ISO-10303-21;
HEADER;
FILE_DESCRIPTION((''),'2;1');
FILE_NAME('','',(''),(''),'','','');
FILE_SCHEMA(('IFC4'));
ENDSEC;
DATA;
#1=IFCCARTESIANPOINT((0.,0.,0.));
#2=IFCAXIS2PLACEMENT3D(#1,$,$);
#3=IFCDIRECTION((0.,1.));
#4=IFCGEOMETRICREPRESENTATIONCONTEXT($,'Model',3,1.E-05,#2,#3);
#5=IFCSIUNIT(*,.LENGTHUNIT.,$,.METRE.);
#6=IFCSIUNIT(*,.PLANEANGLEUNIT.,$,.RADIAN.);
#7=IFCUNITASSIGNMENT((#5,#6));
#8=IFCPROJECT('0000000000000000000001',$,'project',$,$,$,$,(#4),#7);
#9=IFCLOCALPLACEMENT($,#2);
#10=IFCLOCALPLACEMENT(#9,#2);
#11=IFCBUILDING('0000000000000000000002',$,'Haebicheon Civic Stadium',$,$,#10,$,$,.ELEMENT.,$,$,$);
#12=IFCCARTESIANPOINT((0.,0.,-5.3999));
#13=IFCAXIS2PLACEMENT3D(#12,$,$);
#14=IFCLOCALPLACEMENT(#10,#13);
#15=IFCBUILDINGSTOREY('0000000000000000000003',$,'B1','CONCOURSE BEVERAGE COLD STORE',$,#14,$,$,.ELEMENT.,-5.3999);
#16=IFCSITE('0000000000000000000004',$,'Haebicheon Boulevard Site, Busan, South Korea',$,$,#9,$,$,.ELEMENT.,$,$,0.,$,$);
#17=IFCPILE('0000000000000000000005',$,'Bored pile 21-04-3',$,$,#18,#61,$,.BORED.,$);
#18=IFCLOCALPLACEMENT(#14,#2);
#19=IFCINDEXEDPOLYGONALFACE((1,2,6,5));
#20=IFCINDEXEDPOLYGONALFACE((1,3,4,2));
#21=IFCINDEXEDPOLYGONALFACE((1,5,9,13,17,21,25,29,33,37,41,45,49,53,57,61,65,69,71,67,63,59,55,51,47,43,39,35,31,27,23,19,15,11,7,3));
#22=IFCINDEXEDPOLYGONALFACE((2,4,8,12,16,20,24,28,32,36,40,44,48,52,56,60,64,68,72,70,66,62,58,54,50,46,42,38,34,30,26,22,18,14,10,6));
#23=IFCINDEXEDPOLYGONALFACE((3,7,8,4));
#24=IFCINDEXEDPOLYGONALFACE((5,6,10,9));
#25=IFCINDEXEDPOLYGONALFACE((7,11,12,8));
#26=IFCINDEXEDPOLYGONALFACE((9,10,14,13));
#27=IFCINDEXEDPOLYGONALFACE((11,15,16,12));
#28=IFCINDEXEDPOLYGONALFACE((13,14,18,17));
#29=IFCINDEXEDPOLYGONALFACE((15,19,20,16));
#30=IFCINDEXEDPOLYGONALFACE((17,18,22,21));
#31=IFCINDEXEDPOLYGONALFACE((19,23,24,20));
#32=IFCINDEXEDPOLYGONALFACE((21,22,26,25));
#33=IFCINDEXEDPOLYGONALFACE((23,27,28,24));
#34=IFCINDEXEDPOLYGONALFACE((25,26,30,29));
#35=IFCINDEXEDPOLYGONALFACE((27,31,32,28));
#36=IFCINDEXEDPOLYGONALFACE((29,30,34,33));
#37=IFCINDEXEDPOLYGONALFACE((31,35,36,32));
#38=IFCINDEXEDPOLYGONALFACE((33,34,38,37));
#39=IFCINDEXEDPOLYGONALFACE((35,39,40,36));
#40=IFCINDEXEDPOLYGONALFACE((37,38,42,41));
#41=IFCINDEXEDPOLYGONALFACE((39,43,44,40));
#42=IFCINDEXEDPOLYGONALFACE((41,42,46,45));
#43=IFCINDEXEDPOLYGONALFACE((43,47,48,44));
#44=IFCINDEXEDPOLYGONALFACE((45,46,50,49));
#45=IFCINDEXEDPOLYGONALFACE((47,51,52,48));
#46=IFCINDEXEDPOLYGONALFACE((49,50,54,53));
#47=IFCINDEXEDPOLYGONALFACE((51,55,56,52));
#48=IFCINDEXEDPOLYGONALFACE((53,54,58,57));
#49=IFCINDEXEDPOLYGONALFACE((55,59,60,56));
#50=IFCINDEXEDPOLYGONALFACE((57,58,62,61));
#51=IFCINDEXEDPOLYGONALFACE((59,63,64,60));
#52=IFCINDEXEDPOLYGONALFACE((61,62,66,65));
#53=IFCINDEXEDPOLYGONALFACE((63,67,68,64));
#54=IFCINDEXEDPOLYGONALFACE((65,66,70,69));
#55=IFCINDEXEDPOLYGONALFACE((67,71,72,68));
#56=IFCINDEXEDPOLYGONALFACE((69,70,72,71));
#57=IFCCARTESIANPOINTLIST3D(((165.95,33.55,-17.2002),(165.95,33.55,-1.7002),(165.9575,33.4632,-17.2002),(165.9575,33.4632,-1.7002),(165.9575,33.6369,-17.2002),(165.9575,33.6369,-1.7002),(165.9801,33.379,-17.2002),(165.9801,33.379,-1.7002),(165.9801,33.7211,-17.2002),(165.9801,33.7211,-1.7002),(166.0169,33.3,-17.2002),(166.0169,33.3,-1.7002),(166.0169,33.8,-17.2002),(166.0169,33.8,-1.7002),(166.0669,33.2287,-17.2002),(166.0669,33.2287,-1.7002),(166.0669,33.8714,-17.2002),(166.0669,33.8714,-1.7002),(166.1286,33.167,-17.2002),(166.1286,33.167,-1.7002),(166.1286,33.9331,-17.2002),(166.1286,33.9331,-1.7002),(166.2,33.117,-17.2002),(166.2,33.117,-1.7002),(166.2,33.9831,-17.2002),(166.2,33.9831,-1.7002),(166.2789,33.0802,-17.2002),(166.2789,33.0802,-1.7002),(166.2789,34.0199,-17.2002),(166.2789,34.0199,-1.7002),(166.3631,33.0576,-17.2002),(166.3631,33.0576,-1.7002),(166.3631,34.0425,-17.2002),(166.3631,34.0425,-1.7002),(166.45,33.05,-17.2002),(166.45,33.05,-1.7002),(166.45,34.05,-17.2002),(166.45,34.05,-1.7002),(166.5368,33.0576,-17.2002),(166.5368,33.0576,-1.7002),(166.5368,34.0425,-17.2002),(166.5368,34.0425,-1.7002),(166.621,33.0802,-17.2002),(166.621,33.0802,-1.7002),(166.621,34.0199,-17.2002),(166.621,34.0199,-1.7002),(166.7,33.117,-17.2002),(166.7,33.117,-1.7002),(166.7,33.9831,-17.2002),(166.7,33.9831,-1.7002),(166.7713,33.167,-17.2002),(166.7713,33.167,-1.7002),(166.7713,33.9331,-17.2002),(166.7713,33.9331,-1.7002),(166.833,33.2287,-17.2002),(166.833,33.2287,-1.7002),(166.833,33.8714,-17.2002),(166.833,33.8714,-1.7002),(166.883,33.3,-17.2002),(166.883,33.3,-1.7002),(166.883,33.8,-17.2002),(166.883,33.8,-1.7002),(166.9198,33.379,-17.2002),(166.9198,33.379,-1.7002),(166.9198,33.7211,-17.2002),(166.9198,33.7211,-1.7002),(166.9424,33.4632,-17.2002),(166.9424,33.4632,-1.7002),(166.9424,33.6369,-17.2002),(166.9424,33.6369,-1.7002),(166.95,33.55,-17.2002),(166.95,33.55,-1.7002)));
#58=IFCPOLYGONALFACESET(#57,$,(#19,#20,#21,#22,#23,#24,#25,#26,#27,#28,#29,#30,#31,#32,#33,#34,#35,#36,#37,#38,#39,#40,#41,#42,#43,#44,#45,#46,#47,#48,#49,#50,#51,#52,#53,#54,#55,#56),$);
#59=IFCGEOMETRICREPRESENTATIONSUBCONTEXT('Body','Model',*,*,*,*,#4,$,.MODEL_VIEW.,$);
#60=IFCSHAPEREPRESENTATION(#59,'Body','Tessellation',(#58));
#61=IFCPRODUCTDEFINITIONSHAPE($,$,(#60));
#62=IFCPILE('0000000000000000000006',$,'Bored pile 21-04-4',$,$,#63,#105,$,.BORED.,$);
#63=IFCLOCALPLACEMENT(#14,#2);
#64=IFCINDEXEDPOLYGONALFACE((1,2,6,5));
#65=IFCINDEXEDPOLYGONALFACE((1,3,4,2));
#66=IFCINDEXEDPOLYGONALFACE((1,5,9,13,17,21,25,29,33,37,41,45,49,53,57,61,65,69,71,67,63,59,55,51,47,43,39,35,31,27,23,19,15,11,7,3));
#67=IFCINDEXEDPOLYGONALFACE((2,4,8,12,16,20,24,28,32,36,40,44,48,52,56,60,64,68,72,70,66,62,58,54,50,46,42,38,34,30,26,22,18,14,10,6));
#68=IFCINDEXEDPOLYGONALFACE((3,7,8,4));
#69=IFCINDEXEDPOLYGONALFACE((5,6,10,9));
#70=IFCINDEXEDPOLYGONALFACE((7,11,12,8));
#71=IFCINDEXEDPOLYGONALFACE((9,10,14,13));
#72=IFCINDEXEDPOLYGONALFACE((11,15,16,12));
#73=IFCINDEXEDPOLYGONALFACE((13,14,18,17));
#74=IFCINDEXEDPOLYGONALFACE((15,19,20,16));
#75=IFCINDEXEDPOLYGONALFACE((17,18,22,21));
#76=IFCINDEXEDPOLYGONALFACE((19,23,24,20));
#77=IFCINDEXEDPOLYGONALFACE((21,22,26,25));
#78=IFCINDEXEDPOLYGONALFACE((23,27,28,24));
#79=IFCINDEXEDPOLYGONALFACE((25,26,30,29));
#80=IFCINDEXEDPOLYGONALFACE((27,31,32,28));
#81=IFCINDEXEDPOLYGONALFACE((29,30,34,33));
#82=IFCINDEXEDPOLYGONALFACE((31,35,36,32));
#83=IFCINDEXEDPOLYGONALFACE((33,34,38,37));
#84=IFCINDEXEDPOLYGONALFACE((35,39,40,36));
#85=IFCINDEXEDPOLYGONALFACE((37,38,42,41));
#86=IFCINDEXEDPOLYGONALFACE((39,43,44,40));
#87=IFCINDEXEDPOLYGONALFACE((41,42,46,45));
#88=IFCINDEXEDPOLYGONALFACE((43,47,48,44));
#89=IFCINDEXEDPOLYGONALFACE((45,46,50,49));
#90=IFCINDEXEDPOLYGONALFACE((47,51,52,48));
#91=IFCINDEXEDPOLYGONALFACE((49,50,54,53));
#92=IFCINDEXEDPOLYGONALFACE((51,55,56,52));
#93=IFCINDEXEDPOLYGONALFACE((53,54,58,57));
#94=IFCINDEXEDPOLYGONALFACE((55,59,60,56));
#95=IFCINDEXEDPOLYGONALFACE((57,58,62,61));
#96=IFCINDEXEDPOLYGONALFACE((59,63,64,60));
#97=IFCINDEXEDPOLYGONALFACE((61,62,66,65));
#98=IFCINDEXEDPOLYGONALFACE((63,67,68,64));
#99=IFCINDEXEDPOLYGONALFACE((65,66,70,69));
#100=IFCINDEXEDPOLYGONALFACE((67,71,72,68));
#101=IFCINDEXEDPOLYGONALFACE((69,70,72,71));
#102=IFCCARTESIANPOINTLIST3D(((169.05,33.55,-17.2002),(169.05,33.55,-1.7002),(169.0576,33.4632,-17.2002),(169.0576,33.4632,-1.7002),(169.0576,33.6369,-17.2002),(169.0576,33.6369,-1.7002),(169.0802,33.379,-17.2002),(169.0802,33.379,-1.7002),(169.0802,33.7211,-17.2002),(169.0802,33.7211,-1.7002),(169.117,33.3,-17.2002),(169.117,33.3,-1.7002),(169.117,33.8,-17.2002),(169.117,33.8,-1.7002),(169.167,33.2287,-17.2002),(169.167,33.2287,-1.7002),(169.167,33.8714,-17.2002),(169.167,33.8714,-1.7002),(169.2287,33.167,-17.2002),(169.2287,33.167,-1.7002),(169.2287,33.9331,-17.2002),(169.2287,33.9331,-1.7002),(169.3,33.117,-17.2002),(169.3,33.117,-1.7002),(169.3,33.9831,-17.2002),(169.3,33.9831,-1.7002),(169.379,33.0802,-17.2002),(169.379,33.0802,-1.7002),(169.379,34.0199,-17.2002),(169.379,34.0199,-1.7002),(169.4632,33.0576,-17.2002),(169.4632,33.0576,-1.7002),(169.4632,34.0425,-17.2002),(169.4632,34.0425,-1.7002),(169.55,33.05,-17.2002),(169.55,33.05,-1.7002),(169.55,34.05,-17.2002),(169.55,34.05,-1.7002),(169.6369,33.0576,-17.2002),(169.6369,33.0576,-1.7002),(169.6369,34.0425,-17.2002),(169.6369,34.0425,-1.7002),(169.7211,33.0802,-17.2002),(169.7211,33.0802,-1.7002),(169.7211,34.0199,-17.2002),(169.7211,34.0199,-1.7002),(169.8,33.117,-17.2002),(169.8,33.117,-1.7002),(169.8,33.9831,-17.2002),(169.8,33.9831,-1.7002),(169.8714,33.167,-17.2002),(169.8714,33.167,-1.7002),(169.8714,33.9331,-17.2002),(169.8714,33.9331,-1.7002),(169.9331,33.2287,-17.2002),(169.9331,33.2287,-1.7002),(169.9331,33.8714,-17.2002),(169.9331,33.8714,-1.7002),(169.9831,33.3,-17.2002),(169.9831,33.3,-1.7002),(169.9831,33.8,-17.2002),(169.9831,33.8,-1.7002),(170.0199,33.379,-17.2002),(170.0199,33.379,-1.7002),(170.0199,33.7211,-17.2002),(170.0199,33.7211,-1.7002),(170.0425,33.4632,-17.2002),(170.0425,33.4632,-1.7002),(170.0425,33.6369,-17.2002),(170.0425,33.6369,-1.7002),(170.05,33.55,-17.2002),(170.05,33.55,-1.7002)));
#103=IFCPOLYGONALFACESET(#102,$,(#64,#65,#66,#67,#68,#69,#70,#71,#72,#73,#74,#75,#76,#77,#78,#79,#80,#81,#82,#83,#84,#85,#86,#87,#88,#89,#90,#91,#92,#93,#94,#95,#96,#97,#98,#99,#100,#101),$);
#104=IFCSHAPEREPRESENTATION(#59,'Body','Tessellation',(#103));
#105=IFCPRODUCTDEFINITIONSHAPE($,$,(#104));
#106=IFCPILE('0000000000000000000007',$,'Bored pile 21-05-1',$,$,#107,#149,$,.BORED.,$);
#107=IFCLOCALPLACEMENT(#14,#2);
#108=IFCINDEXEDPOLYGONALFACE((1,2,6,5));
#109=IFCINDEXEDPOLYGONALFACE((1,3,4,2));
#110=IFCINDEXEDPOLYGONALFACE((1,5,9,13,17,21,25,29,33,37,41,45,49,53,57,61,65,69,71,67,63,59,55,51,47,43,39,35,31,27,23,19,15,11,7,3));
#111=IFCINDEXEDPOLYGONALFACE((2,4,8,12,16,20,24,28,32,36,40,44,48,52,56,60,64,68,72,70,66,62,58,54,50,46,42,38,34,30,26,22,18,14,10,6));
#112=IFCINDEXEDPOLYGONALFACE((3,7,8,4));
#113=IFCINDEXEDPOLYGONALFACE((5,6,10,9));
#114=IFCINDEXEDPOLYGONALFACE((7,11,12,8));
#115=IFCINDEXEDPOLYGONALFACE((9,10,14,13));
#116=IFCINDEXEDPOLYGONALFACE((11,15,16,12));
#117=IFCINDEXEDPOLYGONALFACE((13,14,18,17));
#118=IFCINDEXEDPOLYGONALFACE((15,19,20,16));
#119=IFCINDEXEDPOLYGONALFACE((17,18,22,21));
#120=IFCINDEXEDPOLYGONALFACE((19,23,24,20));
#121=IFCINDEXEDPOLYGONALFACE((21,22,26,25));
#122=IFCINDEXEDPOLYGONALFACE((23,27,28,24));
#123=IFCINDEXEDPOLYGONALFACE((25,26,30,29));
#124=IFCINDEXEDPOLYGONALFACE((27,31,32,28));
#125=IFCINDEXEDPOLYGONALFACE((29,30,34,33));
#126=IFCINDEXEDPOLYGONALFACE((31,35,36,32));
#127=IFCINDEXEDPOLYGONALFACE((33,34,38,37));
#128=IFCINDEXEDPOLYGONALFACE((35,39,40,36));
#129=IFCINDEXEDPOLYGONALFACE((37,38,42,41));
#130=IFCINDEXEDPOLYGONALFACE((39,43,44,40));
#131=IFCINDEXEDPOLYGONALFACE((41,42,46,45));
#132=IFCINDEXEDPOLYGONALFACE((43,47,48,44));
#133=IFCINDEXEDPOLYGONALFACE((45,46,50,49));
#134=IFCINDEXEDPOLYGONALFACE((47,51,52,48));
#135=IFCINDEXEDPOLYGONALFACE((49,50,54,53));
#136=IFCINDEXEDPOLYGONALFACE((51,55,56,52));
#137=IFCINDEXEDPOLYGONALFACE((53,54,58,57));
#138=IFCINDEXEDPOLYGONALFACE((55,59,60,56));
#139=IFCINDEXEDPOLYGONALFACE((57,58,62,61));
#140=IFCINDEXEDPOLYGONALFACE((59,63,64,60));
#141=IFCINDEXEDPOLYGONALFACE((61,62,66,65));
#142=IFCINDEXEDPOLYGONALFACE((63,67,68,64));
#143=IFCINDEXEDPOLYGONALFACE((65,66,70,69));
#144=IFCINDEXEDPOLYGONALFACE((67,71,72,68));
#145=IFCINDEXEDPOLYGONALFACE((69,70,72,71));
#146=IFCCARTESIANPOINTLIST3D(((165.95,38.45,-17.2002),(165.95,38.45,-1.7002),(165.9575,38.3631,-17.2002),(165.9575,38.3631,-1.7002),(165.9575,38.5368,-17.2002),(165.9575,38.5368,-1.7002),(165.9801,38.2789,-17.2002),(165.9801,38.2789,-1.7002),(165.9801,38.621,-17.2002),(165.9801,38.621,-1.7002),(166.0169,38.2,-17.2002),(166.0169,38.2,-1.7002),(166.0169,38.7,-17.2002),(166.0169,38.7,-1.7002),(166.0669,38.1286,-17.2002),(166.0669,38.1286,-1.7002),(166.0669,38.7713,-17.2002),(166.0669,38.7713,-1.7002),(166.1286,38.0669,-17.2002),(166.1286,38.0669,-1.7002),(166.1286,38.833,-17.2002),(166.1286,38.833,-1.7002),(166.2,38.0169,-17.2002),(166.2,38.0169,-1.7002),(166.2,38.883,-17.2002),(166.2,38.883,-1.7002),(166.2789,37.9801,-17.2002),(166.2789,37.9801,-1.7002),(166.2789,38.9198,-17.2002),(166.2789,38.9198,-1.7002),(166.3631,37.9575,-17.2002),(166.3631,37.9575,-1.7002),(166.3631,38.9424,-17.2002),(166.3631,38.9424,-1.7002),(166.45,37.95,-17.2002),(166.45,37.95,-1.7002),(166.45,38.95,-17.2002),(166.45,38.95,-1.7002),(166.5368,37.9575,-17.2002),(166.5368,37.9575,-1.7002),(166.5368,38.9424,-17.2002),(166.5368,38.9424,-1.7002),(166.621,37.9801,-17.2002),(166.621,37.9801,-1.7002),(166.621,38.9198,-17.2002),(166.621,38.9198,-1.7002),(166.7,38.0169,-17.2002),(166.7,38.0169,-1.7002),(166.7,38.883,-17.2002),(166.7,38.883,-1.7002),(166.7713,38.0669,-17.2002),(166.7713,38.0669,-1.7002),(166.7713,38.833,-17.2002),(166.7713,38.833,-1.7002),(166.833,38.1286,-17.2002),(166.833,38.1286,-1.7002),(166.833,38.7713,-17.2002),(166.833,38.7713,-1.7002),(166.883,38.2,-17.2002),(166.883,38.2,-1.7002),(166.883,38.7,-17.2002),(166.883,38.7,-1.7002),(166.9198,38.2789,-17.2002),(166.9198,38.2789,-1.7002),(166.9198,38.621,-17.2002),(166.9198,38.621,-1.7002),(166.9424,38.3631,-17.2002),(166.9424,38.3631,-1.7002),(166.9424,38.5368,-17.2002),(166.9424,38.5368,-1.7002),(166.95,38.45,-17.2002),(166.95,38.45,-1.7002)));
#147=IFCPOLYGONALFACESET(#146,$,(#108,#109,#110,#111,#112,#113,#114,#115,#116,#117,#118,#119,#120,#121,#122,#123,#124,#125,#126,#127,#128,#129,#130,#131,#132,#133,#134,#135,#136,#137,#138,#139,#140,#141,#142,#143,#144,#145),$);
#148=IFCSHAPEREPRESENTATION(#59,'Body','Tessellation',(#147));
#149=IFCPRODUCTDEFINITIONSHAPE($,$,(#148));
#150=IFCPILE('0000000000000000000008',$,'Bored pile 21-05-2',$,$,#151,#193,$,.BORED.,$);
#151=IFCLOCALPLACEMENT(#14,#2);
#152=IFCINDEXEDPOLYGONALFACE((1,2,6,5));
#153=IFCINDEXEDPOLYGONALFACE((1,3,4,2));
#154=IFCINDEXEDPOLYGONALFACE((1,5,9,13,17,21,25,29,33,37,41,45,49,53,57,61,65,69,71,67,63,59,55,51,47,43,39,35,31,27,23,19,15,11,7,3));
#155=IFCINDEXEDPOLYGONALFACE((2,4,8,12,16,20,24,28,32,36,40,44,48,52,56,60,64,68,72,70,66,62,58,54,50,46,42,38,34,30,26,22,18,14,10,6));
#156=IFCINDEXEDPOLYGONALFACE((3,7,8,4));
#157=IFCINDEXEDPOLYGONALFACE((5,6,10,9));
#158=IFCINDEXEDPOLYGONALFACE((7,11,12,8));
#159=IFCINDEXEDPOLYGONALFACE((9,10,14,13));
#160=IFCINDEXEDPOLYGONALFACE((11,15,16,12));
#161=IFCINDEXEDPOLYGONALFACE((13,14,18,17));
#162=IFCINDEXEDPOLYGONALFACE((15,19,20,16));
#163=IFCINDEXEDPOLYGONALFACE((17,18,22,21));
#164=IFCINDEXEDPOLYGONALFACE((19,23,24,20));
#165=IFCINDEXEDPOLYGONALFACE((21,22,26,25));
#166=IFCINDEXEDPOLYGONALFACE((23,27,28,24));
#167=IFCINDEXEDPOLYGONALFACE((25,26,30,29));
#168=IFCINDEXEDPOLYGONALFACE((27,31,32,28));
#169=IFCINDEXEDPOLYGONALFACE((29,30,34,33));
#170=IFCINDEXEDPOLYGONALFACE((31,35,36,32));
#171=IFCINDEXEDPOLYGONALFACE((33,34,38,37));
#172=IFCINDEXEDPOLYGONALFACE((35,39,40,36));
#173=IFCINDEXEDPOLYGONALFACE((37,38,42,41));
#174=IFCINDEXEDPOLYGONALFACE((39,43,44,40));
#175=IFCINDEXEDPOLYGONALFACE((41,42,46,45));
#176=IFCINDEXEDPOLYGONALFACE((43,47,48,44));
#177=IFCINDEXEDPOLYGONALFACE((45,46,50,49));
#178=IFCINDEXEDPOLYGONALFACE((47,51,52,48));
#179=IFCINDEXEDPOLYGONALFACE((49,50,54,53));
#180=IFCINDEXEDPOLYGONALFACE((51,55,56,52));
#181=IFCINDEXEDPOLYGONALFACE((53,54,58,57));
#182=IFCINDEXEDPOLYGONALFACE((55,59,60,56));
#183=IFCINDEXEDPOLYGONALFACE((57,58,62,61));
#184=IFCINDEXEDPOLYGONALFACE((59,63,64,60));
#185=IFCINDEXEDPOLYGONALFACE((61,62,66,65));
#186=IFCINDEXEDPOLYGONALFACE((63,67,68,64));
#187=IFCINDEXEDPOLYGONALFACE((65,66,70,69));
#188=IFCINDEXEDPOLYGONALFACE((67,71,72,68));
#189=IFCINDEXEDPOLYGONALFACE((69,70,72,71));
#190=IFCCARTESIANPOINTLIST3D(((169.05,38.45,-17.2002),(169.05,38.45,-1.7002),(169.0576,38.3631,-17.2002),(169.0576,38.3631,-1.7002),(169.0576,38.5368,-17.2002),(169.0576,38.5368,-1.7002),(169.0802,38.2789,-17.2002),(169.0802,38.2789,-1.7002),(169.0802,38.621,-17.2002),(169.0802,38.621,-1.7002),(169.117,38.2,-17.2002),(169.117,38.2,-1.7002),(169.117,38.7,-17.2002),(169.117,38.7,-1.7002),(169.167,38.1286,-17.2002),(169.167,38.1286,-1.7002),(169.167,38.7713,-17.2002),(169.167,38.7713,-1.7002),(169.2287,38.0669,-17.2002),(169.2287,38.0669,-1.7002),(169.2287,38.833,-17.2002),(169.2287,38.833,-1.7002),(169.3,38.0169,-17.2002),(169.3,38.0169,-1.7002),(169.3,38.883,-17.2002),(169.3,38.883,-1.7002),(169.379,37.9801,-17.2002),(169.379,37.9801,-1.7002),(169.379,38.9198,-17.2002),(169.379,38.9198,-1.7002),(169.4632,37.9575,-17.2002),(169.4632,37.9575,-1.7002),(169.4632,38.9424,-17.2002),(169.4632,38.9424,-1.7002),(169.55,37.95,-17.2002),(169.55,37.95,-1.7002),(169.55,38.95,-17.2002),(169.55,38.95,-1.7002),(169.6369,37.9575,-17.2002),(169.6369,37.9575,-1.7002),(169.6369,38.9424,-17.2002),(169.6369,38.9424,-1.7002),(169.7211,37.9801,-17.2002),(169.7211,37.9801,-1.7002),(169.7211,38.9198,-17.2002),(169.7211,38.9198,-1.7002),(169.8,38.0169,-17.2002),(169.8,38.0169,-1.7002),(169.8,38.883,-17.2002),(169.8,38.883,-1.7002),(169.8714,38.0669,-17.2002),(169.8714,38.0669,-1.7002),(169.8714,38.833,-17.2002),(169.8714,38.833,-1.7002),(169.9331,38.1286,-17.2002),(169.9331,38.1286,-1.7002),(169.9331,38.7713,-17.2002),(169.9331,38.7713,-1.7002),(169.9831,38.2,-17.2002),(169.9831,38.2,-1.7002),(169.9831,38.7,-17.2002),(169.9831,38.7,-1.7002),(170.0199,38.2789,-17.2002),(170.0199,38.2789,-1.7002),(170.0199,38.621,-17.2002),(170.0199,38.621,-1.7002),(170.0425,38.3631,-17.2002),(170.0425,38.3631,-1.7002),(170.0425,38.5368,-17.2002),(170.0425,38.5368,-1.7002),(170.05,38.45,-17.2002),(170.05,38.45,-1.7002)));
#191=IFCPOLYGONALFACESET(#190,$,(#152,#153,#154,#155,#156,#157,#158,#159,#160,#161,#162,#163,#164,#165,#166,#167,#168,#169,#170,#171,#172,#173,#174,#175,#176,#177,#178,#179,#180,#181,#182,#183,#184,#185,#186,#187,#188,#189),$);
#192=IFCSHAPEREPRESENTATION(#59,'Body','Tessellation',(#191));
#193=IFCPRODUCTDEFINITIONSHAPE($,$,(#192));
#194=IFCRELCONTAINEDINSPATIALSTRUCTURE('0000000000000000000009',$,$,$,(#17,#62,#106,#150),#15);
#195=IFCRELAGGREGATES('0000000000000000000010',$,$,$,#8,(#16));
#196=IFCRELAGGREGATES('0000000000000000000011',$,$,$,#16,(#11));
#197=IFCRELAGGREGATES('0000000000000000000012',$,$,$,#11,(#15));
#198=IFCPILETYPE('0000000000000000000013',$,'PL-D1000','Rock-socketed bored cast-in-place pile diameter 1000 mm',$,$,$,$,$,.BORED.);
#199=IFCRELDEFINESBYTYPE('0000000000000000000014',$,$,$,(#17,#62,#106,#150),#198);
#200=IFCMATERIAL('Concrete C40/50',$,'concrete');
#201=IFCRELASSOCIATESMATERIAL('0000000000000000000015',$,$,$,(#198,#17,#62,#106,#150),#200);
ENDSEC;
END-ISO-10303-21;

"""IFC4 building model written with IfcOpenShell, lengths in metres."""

from ifc_helpers import new_model, si_unit, direction, frame, origin, origin_2d, place, context, subcontext, project, spatial, circle, extrude, material, material_profile, profile_set, type_object, element, save


model = new_model("IFC4")

# Units and contexts
model_context = context("Model", 3, precision=1e-05, world=origin(), true_north=direction((0.0, 1.0)))
body_context = subcontext(model_context, "Body", "Model", "MODEL_VIEW")
ifc_project = project(units=[si_unit("LENGTHUNIT", "METRE"), si_unit("PLANEANGLEUNIT", "RADIAN")], contexts=[model_context])

# Site, building, storey
site_placement = place(None, origin())
site = spatial("IfcSite", under=ifc_project, at=site_placement, Name="Haebicheon Boulevard Site, Busan, South Korea", CompositionType="ELEMENT", RefElevation=0.0)
building_placement = place(site_placement, origin())
building = spatial("IfcBuilding", under=site, at=building_placement, Name="Haebicheon Civic Stadium", CompositionType="ELEMENT")
storey_placement = place(building_placement, frame((0.0, 0.0, -5.3999)))
storey = spatial("IfcBuildingStorey", under=building, at=storey_placement, Name="B1", Description="CONCOURSE BEVERAGE COLD STORE", CompositionType="ELEMENT", Elevation=-5.3999)

# Piles
ifc_material_1 = material(Name="Concrete C40/50", Category="concrete")
ifc_material_profile_1 = material_profile(ifc_material_1, circle(Radius=0.5, at=origin_2d()), Name="PILE-D1000")
ifc_profile_set_1 = profile_set([ifc_material_profile_1], Name="Concrete C40/50")
pile_type = type_object("IfcPileType", Name="PL-D1000", Description="Rock-socketed bored cast-in-place pile diameter 1000 mm", PredefinedType="BORED", material=ifc_profile_set_1)
for number, where, z_axis, x_axis, name in (
    (1, (166.45, 33.55, -1.7002), (0.0, 0.0, -1.0), (1.0, 0.0, 0.0), "Bored pile 21-04-3"),
    (2, (169.55, 33.55, -1.7002), (0.0, 0.0, -1.0), (1.0, 0.0, 0.0), "Bored pile 21-04-4"),
    (3, (166.45, 38.45, -1.7002), (0.0, 0.0, -1.0), (1.0, 0.0, 0.0), "Bored pile 21-05-1"),
    (4, (169.55, 38.45, -1.7002), (0.0, 0.0, -1.0), (1.0, 0.0, 0.0), "Bored pile 21-05-2"),
):
    element("IfcPile", number, at=place(storey_placement, frame(where, z_axis=z_axis, x_axis=x_axis)), inside=storey, type_object=pile_type, material=ifc_profile_set_1, Name=name, PredefinedType="BORED", context=body_context, shape_type="SweptSolid", body=[
        extrude(circle(Radius=0.5, at=origin_2d()), origin(), (0.0, 0.0, 1.0), 15.5),
    ])

save(model, "model.ifc")
